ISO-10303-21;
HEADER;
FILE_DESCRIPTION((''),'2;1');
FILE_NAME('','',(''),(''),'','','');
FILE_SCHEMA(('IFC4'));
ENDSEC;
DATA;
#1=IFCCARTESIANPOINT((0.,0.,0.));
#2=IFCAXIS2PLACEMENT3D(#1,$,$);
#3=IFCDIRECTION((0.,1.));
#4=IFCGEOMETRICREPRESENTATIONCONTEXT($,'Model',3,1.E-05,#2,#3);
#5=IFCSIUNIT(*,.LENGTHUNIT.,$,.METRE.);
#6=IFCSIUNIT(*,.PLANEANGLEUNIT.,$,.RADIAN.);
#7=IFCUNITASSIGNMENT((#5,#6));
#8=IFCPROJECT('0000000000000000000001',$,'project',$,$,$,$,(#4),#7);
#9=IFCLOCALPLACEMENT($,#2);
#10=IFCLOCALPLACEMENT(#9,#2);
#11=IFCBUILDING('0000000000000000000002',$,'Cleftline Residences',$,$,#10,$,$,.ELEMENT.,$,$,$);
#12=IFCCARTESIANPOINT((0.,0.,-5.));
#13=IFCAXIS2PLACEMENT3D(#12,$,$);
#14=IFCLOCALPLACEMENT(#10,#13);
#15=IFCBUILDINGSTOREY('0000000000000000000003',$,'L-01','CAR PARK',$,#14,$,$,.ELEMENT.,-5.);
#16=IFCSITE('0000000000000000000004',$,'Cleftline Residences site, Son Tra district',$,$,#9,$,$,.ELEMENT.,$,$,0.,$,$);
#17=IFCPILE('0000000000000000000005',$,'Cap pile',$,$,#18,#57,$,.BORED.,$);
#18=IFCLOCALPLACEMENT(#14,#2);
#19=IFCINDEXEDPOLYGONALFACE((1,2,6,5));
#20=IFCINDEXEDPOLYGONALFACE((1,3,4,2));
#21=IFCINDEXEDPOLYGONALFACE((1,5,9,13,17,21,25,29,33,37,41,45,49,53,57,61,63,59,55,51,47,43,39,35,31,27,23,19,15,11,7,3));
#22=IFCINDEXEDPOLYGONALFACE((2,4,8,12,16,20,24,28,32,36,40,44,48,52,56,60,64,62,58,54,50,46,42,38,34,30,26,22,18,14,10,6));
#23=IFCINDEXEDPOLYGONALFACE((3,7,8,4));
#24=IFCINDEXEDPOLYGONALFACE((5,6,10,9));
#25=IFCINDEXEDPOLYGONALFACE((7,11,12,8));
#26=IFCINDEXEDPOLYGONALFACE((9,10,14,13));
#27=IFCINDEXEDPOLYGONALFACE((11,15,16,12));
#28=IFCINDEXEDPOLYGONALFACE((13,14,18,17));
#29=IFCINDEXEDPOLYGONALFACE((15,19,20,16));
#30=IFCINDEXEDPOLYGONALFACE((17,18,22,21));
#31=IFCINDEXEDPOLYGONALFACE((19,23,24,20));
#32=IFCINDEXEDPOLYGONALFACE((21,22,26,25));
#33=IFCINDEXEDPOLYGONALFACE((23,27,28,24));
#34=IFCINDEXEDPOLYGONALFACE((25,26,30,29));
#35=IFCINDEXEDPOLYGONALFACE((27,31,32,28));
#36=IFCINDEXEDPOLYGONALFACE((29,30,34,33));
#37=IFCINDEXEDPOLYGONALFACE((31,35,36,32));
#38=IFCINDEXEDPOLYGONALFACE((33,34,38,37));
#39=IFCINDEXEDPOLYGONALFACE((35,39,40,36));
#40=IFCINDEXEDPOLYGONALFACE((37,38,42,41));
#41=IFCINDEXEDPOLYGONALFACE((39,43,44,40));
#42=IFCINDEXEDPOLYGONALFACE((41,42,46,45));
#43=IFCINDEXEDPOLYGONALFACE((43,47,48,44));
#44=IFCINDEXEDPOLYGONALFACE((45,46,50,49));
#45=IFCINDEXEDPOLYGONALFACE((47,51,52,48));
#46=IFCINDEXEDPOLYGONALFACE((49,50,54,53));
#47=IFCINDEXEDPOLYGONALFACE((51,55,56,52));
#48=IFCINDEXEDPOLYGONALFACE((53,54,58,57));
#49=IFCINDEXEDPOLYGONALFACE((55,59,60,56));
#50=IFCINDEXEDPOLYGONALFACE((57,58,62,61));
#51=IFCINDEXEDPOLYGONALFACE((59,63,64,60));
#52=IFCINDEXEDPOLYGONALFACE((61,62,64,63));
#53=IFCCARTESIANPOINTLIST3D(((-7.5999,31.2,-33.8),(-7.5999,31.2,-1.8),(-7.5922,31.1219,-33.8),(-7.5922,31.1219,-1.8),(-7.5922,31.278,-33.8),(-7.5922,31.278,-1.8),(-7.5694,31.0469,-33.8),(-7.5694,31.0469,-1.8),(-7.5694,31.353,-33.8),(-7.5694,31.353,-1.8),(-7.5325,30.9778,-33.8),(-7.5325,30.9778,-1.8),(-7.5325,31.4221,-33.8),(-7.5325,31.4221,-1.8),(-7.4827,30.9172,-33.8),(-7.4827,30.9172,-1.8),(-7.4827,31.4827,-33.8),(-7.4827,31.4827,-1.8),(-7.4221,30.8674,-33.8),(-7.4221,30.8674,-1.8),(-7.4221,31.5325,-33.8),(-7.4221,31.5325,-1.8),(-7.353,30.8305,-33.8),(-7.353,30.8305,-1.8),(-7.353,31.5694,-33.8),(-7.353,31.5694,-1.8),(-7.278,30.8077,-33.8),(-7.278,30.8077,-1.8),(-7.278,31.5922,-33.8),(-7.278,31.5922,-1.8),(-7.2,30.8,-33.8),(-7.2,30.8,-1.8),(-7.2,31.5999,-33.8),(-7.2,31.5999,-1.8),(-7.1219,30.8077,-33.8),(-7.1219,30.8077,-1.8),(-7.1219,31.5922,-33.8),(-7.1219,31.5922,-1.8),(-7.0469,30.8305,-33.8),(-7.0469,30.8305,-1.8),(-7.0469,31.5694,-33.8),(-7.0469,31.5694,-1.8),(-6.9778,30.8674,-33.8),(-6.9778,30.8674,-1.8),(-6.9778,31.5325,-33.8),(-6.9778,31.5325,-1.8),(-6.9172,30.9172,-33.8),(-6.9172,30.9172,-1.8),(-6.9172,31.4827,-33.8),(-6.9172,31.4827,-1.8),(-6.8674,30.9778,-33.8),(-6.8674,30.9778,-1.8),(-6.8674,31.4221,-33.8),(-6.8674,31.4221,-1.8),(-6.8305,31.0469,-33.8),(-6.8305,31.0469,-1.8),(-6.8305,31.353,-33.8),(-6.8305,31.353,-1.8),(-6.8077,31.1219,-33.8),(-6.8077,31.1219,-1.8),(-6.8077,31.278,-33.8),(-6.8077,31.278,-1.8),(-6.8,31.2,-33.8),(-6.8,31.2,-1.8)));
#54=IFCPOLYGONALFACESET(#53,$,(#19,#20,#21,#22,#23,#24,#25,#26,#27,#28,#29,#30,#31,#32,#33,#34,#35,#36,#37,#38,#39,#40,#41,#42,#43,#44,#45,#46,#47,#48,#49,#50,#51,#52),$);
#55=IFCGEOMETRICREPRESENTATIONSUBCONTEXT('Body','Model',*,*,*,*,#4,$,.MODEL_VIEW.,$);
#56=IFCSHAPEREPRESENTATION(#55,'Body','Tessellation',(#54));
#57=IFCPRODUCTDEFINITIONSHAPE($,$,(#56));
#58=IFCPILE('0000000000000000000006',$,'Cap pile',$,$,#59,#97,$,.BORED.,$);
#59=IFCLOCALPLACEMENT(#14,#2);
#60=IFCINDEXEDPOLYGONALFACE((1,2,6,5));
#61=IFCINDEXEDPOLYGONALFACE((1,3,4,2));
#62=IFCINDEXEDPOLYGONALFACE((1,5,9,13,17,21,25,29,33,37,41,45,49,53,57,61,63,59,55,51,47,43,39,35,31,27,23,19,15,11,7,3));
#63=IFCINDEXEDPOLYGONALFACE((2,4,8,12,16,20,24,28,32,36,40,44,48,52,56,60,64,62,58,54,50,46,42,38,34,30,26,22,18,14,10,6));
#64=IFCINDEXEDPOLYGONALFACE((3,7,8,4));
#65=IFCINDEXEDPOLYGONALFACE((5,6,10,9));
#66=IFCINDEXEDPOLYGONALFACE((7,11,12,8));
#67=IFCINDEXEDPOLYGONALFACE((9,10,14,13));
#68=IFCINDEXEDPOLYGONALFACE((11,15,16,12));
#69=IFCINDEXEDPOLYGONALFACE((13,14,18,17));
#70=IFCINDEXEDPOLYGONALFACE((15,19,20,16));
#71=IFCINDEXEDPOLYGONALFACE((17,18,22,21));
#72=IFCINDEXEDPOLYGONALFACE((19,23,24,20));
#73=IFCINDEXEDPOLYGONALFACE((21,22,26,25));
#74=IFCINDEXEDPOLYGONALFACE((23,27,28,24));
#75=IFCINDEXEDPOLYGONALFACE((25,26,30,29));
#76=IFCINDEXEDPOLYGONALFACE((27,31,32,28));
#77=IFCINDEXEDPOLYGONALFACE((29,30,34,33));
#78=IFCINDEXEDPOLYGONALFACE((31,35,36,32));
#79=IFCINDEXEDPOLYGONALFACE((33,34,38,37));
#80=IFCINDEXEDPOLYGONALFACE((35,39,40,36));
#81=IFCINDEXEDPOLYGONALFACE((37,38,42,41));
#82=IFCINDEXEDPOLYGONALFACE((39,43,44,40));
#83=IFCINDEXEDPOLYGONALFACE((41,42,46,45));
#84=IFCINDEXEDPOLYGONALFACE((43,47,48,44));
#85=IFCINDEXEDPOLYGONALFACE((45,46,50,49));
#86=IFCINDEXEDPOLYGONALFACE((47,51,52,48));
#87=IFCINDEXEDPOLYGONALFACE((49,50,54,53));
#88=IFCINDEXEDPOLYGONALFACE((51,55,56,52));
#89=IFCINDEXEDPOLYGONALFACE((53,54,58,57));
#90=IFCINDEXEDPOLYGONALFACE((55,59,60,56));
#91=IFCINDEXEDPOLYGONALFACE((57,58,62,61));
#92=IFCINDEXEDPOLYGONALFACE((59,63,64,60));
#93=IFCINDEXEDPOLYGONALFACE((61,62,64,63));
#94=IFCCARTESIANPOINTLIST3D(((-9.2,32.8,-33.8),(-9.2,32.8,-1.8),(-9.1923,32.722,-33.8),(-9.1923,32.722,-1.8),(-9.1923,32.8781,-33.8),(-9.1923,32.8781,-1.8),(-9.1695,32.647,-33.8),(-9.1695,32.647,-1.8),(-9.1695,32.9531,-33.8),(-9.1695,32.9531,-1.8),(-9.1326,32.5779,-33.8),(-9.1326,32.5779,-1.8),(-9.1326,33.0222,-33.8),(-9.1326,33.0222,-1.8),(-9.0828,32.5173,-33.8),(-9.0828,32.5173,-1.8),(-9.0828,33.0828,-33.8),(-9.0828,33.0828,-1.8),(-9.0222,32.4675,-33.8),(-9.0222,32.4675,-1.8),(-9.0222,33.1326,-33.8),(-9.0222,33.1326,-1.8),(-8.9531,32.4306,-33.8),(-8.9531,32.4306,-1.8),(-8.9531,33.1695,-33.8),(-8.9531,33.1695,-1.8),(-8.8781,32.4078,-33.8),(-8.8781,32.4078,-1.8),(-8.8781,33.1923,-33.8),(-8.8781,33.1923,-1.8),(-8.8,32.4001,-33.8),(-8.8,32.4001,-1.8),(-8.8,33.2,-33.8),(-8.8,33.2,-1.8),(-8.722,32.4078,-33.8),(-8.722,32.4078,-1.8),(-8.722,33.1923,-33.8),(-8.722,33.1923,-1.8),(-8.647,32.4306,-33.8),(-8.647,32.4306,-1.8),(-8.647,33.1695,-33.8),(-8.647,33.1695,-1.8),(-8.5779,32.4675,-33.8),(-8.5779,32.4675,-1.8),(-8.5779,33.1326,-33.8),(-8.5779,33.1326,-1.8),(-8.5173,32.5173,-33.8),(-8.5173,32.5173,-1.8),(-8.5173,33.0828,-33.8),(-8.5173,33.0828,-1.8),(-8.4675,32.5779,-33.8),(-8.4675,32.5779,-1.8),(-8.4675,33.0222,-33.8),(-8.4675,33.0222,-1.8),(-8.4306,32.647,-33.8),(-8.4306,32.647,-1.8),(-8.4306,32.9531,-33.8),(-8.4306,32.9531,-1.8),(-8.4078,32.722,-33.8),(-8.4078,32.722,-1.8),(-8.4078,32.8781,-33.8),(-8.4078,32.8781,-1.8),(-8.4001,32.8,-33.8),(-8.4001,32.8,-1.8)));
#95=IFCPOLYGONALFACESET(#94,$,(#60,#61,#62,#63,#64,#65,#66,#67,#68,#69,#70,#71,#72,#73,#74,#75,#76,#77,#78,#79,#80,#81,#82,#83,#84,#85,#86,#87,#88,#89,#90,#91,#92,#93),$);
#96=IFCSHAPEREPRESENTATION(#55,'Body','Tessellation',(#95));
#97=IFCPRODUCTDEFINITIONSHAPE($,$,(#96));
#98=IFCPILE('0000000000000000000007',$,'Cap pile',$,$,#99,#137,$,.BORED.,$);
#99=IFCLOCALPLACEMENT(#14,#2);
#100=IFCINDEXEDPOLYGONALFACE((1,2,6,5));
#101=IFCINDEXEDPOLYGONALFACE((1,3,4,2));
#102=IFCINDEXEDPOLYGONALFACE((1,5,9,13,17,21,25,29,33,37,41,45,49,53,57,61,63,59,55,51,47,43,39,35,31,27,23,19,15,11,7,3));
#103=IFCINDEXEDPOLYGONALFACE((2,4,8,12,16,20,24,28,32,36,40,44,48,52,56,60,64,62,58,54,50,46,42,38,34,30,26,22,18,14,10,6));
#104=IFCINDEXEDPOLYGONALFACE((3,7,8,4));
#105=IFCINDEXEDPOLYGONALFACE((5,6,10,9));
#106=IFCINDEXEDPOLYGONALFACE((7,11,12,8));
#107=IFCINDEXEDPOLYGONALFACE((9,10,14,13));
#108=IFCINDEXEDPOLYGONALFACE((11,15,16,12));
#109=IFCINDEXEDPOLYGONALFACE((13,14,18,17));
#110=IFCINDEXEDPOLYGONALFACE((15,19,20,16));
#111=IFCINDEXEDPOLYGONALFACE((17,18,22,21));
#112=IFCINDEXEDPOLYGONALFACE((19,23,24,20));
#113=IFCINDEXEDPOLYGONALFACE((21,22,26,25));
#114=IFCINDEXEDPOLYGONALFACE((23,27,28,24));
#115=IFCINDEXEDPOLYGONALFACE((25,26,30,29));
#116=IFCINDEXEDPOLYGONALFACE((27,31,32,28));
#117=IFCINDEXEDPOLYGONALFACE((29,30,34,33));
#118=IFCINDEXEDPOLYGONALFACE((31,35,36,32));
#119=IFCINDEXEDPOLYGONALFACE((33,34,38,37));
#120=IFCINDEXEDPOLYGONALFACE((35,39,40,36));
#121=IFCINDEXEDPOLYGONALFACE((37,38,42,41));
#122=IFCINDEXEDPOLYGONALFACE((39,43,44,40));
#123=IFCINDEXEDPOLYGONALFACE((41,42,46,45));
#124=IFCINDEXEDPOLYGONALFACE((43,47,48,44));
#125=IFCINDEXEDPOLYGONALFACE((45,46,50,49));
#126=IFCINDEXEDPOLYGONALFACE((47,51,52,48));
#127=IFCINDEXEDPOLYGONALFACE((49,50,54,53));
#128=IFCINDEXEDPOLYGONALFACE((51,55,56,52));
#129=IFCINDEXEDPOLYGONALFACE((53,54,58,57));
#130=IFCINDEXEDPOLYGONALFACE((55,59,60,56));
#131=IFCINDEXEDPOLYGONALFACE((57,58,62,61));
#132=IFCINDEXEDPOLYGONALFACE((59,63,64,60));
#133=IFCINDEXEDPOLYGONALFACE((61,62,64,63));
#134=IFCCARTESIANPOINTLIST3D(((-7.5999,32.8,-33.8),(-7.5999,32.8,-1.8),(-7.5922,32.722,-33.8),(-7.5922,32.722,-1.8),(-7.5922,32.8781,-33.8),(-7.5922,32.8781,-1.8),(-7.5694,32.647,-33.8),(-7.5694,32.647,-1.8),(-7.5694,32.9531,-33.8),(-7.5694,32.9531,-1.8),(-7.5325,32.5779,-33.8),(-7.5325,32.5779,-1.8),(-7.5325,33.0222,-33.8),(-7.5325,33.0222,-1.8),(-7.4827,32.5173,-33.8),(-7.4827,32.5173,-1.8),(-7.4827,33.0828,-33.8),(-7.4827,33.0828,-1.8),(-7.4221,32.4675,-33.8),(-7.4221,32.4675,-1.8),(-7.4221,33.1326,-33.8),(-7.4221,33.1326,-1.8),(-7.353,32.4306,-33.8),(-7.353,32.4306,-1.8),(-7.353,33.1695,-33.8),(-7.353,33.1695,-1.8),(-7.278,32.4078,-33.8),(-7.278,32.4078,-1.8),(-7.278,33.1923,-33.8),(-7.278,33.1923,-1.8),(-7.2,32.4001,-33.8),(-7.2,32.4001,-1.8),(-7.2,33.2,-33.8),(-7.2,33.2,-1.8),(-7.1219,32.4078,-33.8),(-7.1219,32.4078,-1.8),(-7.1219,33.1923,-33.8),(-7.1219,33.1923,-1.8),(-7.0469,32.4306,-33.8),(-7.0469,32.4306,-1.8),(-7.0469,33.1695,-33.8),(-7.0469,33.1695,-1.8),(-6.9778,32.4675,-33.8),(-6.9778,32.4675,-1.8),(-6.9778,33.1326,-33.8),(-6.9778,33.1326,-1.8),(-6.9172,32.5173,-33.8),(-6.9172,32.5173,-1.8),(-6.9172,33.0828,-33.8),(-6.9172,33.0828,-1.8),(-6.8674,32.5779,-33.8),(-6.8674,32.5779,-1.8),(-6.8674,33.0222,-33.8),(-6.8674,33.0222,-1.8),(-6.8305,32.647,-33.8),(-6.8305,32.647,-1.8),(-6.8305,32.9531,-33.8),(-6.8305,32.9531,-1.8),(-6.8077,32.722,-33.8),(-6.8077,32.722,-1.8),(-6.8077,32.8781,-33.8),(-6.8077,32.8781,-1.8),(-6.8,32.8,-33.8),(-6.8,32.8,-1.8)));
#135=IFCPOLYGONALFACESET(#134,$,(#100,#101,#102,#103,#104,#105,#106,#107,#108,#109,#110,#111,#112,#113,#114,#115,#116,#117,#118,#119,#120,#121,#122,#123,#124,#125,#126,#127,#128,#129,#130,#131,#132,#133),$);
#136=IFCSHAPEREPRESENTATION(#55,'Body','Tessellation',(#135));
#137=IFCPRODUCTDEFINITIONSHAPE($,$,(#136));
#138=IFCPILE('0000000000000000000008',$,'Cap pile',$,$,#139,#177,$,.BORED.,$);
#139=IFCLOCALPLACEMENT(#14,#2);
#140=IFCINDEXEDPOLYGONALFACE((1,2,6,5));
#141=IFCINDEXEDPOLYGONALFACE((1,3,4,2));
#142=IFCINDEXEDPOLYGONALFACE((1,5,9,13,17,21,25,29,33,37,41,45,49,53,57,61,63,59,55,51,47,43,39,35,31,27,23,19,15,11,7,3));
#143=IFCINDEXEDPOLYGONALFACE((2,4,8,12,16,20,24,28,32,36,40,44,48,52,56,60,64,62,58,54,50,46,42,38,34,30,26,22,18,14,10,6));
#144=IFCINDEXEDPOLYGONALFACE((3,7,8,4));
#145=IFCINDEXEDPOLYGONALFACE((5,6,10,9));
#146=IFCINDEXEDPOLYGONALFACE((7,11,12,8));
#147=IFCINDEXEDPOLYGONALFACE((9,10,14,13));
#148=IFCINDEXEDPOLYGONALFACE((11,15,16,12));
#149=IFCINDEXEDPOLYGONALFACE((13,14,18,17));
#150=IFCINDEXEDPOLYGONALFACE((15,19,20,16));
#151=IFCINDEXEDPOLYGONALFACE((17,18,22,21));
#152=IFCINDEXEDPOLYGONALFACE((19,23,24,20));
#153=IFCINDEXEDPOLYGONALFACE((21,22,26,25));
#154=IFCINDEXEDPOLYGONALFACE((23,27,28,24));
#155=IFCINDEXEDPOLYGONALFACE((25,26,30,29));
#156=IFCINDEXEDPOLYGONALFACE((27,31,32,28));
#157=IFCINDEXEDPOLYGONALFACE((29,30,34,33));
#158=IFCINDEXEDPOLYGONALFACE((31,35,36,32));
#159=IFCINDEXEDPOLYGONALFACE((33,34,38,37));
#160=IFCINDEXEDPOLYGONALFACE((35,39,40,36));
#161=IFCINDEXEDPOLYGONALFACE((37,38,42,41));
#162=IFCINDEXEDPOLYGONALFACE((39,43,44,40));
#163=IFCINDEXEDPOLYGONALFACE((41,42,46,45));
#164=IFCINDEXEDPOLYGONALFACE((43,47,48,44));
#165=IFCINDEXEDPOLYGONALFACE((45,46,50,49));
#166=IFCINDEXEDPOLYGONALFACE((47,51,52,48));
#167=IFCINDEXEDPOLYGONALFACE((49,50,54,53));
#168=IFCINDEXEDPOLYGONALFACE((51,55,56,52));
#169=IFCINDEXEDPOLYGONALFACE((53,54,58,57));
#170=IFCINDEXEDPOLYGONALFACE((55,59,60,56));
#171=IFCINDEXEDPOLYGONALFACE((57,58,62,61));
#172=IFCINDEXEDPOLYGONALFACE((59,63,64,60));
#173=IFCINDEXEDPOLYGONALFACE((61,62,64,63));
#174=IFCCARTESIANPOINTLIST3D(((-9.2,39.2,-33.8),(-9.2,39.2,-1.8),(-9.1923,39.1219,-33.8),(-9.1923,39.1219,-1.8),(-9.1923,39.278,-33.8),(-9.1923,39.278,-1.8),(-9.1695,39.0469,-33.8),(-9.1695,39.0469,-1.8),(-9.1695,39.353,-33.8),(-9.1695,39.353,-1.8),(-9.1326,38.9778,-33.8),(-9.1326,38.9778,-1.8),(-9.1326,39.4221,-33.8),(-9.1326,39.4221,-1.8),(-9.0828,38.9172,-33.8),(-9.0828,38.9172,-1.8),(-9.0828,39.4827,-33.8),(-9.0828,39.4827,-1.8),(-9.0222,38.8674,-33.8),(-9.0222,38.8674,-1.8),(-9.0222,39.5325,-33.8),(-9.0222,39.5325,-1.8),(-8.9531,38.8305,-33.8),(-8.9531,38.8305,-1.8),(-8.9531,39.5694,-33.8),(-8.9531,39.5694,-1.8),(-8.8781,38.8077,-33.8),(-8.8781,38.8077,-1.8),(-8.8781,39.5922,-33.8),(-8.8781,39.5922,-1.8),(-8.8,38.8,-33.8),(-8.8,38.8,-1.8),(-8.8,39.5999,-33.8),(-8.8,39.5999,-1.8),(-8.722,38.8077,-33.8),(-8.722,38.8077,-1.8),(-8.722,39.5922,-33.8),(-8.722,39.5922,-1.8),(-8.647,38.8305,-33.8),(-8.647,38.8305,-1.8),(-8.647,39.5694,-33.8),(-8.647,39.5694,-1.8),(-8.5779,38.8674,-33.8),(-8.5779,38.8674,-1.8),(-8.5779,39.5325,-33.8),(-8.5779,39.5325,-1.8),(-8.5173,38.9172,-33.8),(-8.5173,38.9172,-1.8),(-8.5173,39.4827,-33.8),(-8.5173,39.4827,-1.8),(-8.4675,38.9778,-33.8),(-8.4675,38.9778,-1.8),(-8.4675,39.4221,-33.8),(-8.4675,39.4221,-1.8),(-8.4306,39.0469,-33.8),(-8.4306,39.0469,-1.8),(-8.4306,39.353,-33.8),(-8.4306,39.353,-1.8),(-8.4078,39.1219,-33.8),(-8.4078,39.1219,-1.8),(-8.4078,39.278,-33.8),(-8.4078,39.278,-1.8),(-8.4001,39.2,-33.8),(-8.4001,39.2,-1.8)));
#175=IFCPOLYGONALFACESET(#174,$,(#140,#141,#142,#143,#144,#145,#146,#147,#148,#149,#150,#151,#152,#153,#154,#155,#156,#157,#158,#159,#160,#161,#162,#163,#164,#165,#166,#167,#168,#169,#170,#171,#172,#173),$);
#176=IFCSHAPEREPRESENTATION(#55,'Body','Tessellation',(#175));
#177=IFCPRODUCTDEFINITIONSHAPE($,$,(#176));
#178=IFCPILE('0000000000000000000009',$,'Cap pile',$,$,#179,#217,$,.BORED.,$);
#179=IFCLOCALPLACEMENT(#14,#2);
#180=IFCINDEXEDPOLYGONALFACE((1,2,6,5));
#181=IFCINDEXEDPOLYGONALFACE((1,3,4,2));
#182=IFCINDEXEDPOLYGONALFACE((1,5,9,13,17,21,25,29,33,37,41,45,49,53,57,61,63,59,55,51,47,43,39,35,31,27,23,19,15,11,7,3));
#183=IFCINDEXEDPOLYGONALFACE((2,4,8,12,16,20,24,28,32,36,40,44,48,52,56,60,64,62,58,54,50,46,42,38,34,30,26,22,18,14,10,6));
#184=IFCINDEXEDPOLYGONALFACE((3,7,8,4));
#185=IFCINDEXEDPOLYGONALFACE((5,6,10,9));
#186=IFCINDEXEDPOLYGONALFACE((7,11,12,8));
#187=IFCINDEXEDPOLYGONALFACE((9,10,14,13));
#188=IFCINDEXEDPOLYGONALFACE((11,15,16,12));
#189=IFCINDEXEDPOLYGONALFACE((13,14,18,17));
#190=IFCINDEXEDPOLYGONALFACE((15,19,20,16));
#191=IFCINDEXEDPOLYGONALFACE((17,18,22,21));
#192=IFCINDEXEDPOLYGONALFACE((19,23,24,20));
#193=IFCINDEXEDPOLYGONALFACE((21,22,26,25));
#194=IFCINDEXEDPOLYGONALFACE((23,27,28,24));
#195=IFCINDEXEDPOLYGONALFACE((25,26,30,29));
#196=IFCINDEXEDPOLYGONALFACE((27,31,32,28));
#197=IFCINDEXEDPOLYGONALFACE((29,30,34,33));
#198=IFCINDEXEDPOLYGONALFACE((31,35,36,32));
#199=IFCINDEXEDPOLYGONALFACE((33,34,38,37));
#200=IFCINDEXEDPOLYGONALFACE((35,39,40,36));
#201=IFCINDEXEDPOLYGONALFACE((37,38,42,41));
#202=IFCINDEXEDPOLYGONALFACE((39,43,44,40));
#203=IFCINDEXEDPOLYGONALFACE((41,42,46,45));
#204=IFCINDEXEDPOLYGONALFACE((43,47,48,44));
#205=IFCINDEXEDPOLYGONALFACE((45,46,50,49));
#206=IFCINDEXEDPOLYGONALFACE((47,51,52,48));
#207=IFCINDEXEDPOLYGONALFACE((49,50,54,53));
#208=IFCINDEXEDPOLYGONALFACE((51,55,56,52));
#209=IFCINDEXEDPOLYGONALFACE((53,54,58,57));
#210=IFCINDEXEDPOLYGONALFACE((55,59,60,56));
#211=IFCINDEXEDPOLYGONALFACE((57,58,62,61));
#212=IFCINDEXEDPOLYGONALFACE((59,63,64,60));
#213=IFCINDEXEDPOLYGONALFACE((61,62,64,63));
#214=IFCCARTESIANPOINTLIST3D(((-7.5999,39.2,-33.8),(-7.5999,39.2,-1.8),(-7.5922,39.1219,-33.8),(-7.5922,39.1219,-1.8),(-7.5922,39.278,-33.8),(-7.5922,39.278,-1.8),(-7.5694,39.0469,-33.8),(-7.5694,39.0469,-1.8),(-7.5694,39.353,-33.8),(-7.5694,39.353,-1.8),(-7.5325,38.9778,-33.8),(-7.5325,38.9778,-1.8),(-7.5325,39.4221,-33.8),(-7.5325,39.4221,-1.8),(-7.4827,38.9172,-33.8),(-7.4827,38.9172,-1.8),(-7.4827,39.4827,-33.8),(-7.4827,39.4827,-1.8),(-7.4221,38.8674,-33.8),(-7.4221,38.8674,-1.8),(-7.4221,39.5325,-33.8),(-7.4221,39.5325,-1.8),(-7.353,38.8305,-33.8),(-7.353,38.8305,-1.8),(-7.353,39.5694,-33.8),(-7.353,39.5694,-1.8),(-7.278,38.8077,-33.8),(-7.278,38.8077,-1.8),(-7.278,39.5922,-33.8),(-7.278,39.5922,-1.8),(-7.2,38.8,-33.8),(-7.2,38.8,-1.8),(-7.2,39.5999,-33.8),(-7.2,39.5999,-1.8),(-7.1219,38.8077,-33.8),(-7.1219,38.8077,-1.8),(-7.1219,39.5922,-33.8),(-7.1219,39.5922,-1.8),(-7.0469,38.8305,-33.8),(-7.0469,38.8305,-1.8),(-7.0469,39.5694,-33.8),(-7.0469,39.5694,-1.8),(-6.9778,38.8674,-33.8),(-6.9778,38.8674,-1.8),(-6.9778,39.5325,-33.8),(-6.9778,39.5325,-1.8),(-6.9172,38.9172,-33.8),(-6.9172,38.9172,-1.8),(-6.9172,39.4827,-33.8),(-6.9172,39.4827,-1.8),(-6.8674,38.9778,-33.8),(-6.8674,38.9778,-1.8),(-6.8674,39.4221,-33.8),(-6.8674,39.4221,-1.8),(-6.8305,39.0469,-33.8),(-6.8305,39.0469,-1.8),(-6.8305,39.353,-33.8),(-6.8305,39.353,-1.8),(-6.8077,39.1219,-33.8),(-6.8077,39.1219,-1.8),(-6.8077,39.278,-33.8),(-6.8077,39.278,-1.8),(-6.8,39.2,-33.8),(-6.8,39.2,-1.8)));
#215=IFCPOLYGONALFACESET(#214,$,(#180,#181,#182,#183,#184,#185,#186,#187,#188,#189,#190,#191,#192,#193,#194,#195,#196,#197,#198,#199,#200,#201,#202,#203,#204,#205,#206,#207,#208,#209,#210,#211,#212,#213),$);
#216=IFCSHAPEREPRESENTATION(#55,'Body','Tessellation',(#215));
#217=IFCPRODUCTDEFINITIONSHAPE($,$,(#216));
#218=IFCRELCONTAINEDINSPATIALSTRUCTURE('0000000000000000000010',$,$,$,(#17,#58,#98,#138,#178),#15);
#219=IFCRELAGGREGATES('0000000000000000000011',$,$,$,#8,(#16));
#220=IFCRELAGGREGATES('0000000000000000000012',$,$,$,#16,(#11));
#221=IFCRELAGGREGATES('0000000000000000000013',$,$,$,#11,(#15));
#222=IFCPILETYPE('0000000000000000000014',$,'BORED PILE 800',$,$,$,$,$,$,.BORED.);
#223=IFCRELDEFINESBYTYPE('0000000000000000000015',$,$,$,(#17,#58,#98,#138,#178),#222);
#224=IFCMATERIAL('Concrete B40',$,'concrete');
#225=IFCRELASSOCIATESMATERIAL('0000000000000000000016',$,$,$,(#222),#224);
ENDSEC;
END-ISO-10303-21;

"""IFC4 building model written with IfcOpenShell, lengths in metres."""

from ifc_helpers import new_model, si_unit, direction, frame, origin, origin_2d, place, context, subcontext, project, spatial, circle, extrude, material, material_profile, profile_set, type_object, element, save


model = new_model("IFC4")

# Units and contexts
model_context = context("Model", 3, precision=1e-05, world=origin(), true_north=direction((0.0, 1.0)))
body_context = subcontext(model_context, "Body", "Model", "MODEL_VIEW")
ifc_project = project(units=[si_unit("LENGTHUNIT", "METRE"), si_unit("PLANEANGLEUNIT", "RADIAN")], contexts=[model_context])

# Site, building, storey
site_placement = place(None, origin())
site = spatial("IfcSite", under=ifc_project, at=site_placement, Name="Cleftline Residences site, Son Tra district", CompositionType="ELEMENT", RefElevation=0.0)
building_placement = place(site_placement, origin())
building = spatial("IfcBuilding", under=site, at=building_placement, Name="Cleftline Residences", CompositionType="ELEMENT")
storey_placement = place(building_placement, frame((0.0, 0.0, -5.0)))
storey = spatial("IfcBuildingStorey", under=building, at=storey_placement, Name="L-01", Description="CAR PARK", CompositionType="ELEMENT", Elevation=-5.0)

# Piles
ifc_material_1 = material(Name="Concrete B40", Category="concrete")
ifc_material_profile_1 = material_profile(ifc_material_1, circle(Radius=0.3999, at=origin_2d()))
ifc_profile_set_1 = profile_set([ifc_material_profile_1], Name="Concrete B40")
pile_type_1 = type_object("IfcPileType", Name="BORED PILE 800", PredefinedType="BORED", material=ifc_profile_set_1)
for number, where, z_axis, x_axis, name in (
    (1, (-7.2, 31.2, -1.8), (0.0, 0.0, -1.0), (1.0, 0.0, 0.0), "Cap pile"),
    (2, (-8.8, 32.8, -1.8), (0.0, 0.0, -1.0), (1.0, 0.0, 0.0), "Cap pile"),
    (3, (-7.2, 32.8, -1.8), (0.0, 0.0, -1.0), (1.0, 0.0, 0.0), "Cap pile"),
    (4, (-8.8, 39.2, -1.8), (0.0, 0.0, -1.0), (1.0, 0.0, 0.0), "Cap pile"),
    (5, (-7.2, 39.2, -1.8), (0.0, 0.0, -1.0), (1.0, 0.0, 0.0), "Cap pile"),
):
    element("IfcPile", number, at=place(storey_placement, frame(where, z_axis=z_axis, x_axis=x_axis)), inside=storey, type_object=pile_type_1, Name=name, PredefinedType="BORED", context=body_context, shape_type="SweptSolid", body=[
        extrude(circle(Radius=0.3999, at=origin_2d()), origin(), (0.0, 0.0, 1.0), 32.0),
    ])

save(model, "model.ifc")
